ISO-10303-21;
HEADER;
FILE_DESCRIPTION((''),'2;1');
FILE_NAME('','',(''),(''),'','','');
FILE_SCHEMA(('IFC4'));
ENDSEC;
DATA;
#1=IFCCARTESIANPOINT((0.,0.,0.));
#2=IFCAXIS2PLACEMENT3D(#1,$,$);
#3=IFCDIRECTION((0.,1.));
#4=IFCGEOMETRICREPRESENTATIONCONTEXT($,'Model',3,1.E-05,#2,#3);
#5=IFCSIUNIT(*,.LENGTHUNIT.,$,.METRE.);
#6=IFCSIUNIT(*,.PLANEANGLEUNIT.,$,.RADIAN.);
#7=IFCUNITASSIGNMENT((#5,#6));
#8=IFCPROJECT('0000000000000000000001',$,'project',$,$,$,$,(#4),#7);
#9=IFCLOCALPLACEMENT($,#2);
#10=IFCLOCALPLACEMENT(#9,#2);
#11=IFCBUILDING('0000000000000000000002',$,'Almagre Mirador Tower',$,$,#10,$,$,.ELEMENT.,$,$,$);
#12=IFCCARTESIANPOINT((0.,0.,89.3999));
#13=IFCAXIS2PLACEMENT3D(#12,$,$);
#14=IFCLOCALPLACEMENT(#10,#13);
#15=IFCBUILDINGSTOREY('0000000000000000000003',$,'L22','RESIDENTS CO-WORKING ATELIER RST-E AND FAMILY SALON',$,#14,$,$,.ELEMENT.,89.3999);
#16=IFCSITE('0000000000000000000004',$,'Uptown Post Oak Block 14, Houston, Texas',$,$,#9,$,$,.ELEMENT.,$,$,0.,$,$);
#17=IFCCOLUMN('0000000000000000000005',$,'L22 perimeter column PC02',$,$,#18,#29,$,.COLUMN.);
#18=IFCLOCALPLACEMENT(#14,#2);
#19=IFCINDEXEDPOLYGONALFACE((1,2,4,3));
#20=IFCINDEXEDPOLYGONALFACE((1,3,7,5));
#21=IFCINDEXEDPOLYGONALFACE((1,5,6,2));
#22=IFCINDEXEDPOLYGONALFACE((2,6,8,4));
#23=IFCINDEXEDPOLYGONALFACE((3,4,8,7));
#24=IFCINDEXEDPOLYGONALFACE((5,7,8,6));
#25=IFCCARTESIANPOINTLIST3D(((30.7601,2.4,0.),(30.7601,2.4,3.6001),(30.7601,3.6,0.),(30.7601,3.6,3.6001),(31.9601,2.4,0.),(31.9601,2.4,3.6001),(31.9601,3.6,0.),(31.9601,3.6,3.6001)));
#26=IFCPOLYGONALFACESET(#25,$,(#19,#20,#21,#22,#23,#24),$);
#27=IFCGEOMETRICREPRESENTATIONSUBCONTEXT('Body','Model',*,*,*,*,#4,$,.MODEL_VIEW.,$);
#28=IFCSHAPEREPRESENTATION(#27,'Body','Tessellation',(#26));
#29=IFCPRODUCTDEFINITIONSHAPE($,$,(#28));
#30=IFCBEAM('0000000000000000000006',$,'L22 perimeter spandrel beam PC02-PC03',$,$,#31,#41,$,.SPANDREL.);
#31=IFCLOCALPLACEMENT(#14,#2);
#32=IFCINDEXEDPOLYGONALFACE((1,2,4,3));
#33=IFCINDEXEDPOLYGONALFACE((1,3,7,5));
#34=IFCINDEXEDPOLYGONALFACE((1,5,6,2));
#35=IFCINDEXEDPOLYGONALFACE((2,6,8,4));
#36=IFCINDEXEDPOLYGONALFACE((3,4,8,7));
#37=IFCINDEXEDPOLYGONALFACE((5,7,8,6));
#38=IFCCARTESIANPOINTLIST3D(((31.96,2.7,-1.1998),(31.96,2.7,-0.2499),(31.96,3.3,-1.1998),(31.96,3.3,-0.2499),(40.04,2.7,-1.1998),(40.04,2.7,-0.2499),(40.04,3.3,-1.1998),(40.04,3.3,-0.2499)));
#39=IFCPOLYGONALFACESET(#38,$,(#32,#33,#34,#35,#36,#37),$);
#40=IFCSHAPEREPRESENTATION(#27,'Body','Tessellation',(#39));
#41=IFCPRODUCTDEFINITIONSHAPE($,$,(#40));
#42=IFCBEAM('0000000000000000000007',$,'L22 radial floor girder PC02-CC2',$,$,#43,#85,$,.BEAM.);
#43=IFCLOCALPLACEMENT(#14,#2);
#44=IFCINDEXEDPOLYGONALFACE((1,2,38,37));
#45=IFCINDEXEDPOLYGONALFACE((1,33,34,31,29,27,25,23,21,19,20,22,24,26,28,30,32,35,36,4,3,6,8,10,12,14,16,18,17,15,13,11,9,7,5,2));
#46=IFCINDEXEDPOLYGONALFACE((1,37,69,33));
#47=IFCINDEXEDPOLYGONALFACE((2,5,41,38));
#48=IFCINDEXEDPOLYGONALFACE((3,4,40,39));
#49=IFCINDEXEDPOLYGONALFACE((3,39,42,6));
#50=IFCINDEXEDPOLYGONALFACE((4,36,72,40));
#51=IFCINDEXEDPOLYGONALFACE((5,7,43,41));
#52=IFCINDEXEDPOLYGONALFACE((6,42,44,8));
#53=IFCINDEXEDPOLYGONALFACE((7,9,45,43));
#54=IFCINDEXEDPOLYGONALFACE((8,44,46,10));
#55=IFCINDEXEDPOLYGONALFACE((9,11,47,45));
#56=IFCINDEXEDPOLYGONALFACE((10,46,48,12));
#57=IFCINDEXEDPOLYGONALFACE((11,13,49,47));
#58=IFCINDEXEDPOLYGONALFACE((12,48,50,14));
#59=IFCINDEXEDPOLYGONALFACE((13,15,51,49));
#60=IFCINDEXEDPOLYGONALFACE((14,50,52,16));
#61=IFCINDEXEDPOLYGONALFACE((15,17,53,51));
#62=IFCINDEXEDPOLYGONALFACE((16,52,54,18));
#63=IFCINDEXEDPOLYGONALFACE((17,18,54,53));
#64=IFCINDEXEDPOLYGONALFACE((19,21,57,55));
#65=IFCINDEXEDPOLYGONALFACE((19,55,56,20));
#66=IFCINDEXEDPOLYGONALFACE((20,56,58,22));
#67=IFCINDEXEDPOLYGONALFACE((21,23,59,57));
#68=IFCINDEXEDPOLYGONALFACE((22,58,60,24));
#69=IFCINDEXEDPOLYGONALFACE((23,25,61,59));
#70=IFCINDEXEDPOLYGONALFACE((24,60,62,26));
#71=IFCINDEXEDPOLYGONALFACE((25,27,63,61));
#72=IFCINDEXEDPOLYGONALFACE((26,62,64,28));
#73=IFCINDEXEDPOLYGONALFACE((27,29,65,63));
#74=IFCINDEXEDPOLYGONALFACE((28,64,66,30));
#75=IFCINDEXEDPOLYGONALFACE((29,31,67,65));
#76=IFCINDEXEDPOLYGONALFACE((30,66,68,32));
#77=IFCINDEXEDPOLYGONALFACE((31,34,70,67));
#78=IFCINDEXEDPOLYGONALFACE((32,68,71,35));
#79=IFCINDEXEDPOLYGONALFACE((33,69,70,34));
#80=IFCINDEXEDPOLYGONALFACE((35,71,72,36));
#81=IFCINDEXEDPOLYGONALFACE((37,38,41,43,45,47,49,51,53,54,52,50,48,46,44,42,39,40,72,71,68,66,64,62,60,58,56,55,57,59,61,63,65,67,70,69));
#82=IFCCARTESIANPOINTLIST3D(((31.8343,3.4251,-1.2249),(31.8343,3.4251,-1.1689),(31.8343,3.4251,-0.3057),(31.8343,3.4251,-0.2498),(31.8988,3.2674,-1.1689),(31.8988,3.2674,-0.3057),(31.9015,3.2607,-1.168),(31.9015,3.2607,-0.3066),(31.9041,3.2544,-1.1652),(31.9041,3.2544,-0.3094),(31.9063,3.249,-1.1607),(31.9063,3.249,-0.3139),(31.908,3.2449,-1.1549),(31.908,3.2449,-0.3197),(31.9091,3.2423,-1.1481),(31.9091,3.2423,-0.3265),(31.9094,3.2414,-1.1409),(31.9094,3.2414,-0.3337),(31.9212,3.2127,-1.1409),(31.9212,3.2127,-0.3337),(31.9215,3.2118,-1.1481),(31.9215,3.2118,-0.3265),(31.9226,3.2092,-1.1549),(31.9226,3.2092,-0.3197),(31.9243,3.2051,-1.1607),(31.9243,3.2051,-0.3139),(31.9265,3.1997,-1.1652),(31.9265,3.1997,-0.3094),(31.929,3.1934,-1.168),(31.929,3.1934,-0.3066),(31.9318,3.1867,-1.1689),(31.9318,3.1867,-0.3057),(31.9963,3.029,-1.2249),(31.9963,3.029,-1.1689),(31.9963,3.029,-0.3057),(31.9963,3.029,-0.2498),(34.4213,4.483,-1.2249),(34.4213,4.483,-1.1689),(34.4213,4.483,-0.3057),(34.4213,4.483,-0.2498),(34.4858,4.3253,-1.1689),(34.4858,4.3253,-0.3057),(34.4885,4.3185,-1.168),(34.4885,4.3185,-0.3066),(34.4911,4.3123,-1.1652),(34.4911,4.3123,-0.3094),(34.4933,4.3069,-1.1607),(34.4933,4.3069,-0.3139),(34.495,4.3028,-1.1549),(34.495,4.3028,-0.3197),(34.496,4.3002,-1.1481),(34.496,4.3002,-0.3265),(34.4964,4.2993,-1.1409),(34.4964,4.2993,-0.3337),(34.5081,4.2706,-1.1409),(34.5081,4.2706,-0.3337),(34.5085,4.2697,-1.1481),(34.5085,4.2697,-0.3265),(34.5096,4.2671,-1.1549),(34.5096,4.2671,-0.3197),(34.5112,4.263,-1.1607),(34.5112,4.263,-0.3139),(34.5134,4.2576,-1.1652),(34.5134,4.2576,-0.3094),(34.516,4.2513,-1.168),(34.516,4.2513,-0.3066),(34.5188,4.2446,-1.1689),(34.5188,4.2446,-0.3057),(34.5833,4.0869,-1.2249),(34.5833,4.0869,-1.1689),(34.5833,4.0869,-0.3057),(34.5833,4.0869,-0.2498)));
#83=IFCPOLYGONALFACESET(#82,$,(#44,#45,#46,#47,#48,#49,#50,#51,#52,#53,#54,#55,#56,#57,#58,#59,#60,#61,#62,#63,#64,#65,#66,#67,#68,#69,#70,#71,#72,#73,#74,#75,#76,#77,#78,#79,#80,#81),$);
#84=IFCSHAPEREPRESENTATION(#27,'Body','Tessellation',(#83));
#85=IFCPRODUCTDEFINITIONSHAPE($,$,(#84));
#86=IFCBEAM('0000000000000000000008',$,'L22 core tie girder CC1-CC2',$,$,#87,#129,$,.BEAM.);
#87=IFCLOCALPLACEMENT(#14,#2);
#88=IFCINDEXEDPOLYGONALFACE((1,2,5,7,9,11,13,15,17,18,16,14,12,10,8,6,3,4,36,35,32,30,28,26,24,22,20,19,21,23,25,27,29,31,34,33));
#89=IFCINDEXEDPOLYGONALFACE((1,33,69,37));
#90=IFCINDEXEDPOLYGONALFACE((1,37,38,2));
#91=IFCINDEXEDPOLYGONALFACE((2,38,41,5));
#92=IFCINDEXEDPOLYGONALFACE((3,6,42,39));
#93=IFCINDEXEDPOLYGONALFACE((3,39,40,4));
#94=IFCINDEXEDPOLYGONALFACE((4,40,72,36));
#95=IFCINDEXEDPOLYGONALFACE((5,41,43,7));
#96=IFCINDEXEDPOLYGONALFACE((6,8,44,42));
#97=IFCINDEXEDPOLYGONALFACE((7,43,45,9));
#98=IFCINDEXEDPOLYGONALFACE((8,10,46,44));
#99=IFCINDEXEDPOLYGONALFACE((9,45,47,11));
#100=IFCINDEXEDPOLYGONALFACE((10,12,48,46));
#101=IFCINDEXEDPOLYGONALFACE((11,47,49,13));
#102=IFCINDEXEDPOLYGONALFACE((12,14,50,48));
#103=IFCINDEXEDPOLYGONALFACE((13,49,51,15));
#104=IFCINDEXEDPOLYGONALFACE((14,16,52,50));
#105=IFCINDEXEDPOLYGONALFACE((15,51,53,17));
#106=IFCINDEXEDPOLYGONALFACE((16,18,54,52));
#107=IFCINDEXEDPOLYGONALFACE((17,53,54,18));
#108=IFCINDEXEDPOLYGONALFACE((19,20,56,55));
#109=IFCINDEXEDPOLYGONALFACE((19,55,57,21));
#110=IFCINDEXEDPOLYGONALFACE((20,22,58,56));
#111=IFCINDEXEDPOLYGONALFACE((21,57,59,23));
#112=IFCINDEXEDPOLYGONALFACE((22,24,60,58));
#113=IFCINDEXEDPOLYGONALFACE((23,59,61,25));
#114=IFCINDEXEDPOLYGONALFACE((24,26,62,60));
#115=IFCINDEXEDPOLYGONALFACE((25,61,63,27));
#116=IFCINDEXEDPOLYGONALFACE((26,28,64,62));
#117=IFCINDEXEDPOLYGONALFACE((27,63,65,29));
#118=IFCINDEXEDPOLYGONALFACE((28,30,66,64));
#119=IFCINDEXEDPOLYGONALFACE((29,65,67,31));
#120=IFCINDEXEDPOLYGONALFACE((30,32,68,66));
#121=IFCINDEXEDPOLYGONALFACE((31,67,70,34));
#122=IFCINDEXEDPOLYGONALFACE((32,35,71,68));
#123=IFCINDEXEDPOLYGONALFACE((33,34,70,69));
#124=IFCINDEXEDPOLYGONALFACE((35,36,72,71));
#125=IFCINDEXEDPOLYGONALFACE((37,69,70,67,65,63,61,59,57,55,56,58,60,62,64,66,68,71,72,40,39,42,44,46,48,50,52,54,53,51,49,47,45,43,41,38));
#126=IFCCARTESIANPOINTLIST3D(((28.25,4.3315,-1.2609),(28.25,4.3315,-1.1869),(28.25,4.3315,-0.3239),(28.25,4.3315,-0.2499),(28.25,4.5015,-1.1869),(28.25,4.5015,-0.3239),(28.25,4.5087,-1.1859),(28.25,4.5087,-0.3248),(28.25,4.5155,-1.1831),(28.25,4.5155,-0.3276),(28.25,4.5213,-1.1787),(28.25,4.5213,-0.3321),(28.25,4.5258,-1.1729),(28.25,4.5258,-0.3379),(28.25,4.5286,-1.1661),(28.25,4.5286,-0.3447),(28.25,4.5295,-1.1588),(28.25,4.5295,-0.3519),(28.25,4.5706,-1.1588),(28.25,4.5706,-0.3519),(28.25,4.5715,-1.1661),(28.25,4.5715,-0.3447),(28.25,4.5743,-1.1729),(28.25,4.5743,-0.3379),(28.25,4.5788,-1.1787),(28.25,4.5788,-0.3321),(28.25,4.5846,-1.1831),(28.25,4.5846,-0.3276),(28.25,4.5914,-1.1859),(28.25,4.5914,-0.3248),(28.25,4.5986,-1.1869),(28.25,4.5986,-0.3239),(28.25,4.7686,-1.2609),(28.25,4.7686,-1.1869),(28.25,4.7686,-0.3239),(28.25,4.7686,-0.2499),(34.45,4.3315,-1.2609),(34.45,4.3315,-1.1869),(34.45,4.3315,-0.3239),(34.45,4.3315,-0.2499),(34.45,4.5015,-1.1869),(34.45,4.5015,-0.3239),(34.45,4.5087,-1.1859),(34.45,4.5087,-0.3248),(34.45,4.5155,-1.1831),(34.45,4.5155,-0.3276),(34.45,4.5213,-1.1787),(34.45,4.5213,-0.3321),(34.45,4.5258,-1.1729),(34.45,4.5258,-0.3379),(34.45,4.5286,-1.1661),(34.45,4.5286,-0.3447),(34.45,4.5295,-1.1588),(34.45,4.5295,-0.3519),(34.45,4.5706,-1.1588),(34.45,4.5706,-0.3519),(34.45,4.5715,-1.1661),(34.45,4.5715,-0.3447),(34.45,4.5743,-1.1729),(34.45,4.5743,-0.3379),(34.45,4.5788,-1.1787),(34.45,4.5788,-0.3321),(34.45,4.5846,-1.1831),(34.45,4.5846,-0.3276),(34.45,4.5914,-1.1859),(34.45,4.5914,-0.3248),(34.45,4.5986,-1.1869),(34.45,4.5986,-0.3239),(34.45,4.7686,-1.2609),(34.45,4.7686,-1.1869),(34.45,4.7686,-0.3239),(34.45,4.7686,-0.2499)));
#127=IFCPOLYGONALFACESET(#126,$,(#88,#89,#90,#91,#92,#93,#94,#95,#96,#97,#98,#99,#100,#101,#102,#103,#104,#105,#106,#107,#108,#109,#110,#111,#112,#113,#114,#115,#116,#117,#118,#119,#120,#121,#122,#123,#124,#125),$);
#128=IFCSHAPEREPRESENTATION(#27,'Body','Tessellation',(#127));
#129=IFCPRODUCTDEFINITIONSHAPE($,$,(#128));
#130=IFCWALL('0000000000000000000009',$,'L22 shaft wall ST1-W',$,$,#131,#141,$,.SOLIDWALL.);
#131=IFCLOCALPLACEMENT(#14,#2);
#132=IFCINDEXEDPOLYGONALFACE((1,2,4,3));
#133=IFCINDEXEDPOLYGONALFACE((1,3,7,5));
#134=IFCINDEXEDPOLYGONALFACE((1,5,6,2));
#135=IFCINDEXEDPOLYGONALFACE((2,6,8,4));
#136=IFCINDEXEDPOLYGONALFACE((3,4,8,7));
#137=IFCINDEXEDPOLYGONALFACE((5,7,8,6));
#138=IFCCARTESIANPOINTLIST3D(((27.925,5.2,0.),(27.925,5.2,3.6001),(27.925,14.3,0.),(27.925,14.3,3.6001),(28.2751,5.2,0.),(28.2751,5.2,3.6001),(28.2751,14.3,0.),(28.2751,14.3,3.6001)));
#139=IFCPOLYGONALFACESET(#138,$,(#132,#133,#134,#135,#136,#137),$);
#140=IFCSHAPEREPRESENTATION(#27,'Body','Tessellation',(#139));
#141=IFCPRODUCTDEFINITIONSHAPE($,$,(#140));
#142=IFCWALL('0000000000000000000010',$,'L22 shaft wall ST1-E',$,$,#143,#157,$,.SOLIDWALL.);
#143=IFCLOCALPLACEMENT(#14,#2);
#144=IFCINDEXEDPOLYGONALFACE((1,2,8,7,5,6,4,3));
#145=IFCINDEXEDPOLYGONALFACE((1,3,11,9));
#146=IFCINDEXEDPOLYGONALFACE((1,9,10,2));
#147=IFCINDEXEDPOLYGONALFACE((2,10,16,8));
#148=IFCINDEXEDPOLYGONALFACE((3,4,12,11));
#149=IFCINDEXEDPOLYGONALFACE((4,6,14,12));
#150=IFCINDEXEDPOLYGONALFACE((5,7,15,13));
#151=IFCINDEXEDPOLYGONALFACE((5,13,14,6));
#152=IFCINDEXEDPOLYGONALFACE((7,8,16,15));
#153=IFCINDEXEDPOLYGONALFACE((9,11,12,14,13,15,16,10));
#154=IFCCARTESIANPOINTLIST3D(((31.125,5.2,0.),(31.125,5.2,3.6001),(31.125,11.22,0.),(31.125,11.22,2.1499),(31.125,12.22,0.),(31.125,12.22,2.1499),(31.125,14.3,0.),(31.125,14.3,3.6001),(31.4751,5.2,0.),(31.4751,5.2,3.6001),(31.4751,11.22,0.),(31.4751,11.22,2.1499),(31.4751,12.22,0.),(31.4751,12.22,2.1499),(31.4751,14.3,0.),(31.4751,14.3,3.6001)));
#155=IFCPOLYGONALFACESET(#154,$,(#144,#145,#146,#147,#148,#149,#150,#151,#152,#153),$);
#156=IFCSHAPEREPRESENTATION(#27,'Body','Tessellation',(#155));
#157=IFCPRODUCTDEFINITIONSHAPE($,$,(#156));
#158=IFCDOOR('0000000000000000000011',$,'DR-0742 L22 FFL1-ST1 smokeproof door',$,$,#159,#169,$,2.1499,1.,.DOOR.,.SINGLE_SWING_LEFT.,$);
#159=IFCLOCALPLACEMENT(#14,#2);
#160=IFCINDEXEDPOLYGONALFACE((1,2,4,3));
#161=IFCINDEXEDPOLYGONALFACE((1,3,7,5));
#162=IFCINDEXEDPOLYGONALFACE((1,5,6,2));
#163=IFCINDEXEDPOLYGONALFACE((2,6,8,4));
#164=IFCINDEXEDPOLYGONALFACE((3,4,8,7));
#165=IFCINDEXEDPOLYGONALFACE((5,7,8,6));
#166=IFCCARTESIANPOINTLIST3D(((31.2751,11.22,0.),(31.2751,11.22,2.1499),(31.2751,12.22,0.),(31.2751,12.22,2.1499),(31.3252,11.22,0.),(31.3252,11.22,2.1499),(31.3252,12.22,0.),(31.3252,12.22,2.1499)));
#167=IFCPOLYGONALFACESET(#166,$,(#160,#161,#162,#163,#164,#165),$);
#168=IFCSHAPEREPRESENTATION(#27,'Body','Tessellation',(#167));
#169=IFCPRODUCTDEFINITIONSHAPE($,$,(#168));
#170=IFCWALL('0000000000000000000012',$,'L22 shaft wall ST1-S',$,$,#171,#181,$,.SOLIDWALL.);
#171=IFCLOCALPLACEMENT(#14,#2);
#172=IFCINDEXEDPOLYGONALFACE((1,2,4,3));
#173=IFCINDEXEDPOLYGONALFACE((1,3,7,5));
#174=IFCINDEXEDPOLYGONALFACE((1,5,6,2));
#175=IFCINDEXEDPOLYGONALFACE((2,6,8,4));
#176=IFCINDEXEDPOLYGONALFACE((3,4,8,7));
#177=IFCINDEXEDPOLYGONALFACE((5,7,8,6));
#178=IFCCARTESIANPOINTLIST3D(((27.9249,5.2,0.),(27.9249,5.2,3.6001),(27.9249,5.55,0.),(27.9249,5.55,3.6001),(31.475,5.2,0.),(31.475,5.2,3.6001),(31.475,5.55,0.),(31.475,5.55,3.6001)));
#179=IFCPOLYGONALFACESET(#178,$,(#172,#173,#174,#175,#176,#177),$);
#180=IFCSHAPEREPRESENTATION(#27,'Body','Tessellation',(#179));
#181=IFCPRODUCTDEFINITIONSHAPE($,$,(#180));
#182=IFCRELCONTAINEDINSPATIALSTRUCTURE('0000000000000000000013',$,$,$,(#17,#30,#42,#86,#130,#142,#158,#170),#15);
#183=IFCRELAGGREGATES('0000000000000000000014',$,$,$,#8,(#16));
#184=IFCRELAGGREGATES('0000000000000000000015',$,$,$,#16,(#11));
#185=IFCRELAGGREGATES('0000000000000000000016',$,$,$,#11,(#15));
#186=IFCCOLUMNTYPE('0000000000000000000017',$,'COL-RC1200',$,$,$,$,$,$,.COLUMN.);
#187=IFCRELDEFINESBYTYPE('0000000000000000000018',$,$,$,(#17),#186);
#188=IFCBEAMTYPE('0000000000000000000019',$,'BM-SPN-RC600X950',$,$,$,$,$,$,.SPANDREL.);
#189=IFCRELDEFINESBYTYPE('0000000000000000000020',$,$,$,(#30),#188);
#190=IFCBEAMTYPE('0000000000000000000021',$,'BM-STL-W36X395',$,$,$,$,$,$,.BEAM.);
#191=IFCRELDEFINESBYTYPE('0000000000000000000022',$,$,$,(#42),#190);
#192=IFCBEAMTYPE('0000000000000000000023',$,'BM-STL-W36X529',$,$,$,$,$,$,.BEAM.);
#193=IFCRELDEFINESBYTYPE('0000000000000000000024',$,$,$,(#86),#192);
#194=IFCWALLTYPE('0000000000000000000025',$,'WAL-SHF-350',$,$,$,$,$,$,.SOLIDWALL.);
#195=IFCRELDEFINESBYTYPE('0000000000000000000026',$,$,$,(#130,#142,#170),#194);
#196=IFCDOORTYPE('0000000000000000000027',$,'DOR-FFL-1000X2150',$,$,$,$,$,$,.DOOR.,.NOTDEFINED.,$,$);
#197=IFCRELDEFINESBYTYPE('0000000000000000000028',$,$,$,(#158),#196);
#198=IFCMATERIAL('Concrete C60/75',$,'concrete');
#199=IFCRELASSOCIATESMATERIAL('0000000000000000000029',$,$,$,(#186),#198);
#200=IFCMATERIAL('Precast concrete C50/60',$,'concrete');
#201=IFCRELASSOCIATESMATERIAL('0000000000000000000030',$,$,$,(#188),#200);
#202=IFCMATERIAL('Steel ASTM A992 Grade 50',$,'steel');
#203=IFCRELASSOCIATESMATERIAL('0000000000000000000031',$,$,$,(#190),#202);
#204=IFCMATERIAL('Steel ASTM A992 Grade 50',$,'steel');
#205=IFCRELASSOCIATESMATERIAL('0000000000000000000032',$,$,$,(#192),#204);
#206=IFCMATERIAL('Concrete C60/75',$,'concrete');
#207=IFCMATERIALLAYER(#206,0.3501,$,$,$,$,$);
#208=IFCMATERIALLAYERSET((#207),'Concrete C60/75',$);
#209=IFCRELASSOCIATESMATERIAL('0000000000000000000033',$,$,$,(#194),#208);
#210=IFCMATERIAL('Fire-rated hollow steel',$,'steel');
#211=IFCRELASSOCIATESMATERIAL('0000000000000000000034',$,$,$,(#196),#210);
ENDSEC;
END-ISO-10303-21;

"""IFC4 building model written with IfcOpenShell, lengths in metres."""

from ifc_helpers import new_model, si_unit, direction, frame, frame_2d, origin, origin_2d, place, context, subcontext, project, spatial, rectangle, i_section, extrude, material, layer, layer_set, material_profile, profile_set, type_object, element, fill, save


model = new_model("IFC4")

# Units and contexts
model_context = context("Model", 3, precision=1e-05, world=origin(), true_north=direction((0.0, 1.0)))
body_context = subcontext(model_context, "Body", "Model", "MODEL_VIEW")
ifc_project = project(units=[si_unit("LENGTHUNIT", "METRE"), si_unit("PLANEANGLEUNIT", "RADIAN")], contexts=[model_context])

# Site, building, storey
site_placement = place(None, origin())
site = spatial("IfcSite", under=ifc_project, at=site_placement, Name="Uptown Post Oak Block 14, Houston, Texas", CompositionType="ELEMENT", RefElevation=0.0)
building_placement = place(site_placement, origin())
building = spatial("IfcBuilding", under=site, at=building_placement, Name="Almagre Mirador Tower", CompositionType="ELEMENT")
storey_placement = place(building_placement, frame((0.0, 0.0, 89.3999)))
storey = spatial("IfcBuildingStorey", under=building, at=storey_placement, Name="L22", Description="RESIDENTS CO-WORKING ATELIER RST-E AND FAMILY SALON", CompositionType="ELEMENT", Elevation=89.3999)

# Column
ifc_material_1 = material(Name="Concrete C60/75", Category="concrete")
ifc_material_profile_1 = material_profile(ifc_material_1, rectangle(XDim=1.2, YDim=1.2, at=origin_2d()), Name="RC1200X1200")
ifc_profile_set_1 = profile_set([ifc_material_profile_1], Name="Concrete C60/75")
column_type = type_object("IfcColumnType", Name="COL-RC1200", PredefinedType="COLUMN", material=ifc_profile_set_1)
column_placement = place(storey_placement, frame((31.3601, 3.0, 0.0), z_axis=(0.0, 0.0, 1.0), x_axis=(1.0, 0.0, 0.0)))
element("IfcColumn", 1, at=column_placement, inside=storey, type_object=column_type, Name="L22 perimeter column PC02", PredefinedType="COLUMN", context=body_context, shape_type="SweptSolid", body=[
    extrude(rectangle(XDim=1.2, YDim=1.2, at=origin_2d()), origin(), (0.0, 0.0, 1.0), 3.6001),
])

# Beams
ifc_material_2 = material(Name="Precast concrete C50/60", Category="concrete")
ifc_material_profile_2 = material_profile(ifc_material_2, rectangle(XDim=0.6001, YDim=0.95, at=origin_2d()), Name="RC600X950")
ifc_profile_set_2 = profile_set([ifc_material_profile_2], Name="Precast concrete C50/60")
beam_type_1 = type_object("IfcBeamType", Name="BM-SPN-RC600X950", PredefinedType="SPANDREL", material=ifc_profile_set_2)
beam_1_placement = place(storey_placement, frame((31.96, 3.0, -0.7249), z_axis=(1.0, 0.0, 0.0), x_axis=(0.0, 1.0, 0.0)))
element("IfcBeam", 2, at=beam_1_placement, inside=storey, type_object=beam_type_1, Name="L22 perimeter spandrel beam PC02-PC03", PredefinedType="SPANDREL", context=body_context, shape_type="SweptSolid", body=[
    extrude(rectangle(XDim=0.6001, YDim=0.95, at=origin_2d()), origin(), (0.0, 0.0, 1.0), 8.0801),
])
ifc_material_3 = material(Name="Steel ASTM A992 Grade 50", Category="steel")
ifc_material_profile_3 = material_profile(ifc_material_3, i_section(OverallWidth=0.428, OverallDepth=0.9751, WebThickness=0.031, FlangeThickness=0.0559, FilletRadius=0.0281, at=origin_2d()), Name="W36X395")
ifc_profile_set_3 = profile_set([ifc_material_profile_3], Name="Steel ASTM A992 Grade 50")
beam_type_2 = type_object("IfcBeamType", Name="BM-STL-W36X395", PredefinedType="BEAM", material=ifc_profile_set_3)
beam_2_placement = place(storey_placement, frame((31.9153, 3.2271, -0.7373), z_axis=(0.9256, 0.378504, 0.0), x_axis=(-0.378504, 0.9256, 0.0)))
element("IfcBeam", 3, at=beam_2_placement, inside=storey, type_object=beam_type_2, Name="L22 radial floor girder PC02-CC2", PredefinedType="BEAM", context=body_context, shape_type="SweptSolid", body=[
    extrude(i_section(OverallWidth=0.428, OverallDepth=0.9751, WebThickness=0.031, FlangeThickness=0.0559, FilletRadius=0.0281, at=origin_2d()), origin(), (0.0, 0.0, 1.0), 2.7949),
])
ifc_material_4 = material(Name="Steel ASTM A992 Grade 50", Category="steel")
ifc_material_profile_4 = material_profile(ifc_material_4, i_section(OverallWidth=0.437, OverallDepth=1.011, WebThickness=0.041, FlangeThickness=0.074, FilletRadius=0.0281, at=origin_2d()), Name="W36X529")
ifc_profile_set_4 = profile_set([ifc_material_profile_4], Name="Steel ASTM A992 Grade 50")
beam_type_3 = type_object("IfcBeamType", Name="BM-STL-W36X529", PredefinedType="BEAM", material=ifc_profile_set_4)
beam_3_placement = place(storey_placement, frame((28.25, 4.55, -0.7554), z_axis=(1.0, 0.0, 0.0), x_axis=(0.0, 1.0, 0.0)))
element("IfcBeam", 4, at=beam_3_placement, inside=storey, type_object=beam_type_3, Name="L22 core tie girder CC1-CC2", PredefinedType="BEAM", context=body_context, shape_type="SweptSolid", body=[
    extrude(i_section(OverallWidth=0.437, OverallDepth=1.011, WebThickness=0.041, FlangeThickness=0.074, FilletRadius=0.0281, at=origin_2d()), origin(), (0.0, 0.0, 1.0), 6.2),
])

# Wall
ifc_material_5 = material(Name="Concrete C60/75", Category="concrete")
ifc_layer_1 = layer(ifc_material_5, 0.3501)
ifc_layer_set_1 = layer_set([ifc_layer_1], Name="Concrete C60/75")
wall_type_1 = type_object("IfcWallType", Name="WAL-SHF-350", PredefinedType="SOLIDWALL", material=ifc_layer_set_1)
wall_1_placement = place(storey_placement, frame((28.1001, 5.2, 0.0), z_axis=(0.0, 0.0, 1.0), x_axis=(0.0, 1.0, 0.0)))
element("IfcWall", 5, at=wall_1_placement, inside=storey, type_object=wall_type_1, Name="L22 shaft wall ST1-W", PredefinedType="SOLIDWALL", context=body_context, shape_type="SweptSolid", body=[
    extrude(rectangle(XDim=9.1001, YDim=0.3501, at=frame_2d((4.55, 0.0))), origin(), (0.0, 0.0, 1.0), 3.6001),
])

# Wall, opening, door
wall_2_placement = place(storey_placement, frame((31.3, 5.2, 0.0), z_axis=(0.0, 0.0, 1.0), x_axis=(0.0, 1.0, 0.0)))
wall_2 = element("IfcWall", 6, at=wall_2_placement, inside=storey, type_object=wall_type_1, Name="L22 shaft wall ST1-E", PredefinedType="SOLIDWALL", context=body_context, shape_type="SweptSolid", body=[
    extrude(rectangle(XDim=9.1001, YDim=0.3501, at=frame_2d((4.55, 0.0))), origin(), (0.0, 0.0, 1.0), 3.6001),
])
opening_1_placement = place(wall_2_placement, frame((6.02, 0.0, 0.0)))
opening_1 = element("IfcOpeningElement", 7, at=opening_1_placement, cuts=wall_2, PredefinedType="OPENING", context=body_context, shape_type="SweptSolid", body=[
    extrude(rectangle(XDim=1.0, YDim=2.1499, at=frame_2d((0.5, 1.075))), frame((0.0, 0.185, 0.0), z_axis=(0.0, -1.0, 0.0), x_axis=(1.0, 0.0, 0.0)), (0.0, 0.0, 1.0), 0.3701),
])
ifc_material_6 = material(Name="Fire-rated hollow steel", Category="steel")
door_type_1 = type_object("IfcDoorType", Name="DOR-FFL-1000X2150", OperationType="NOTDEFINED", PredefinedType="DOOR", material=ifc_material_6)
door_1_placement = place(opening_1_placement, origin())
door_1 = element("IfcDoor", 8, at=door_1_placement, inside=storey, type_object=door_type_1, Name="DR-0742 L22 FFL1-ST1 smokeproof door", OperationType="SINGLE_SWING_LEFT", OverallHeight=2.1499, OverallWidth=1.0, PredefinedType="DOOR", context=body_context, shape_type="SweptSolid", body=[
    extrude(rectangle(XDim=1.0, YDim=2.1499, at=frame_2d((0.5, 1.075))), frame((0.0, 0.0249, 0.0), z_axis=(0.0, -1.0, 0.0), x_axis=(1.0, 0.0, 0.0)), (0.0, 0.0, 1.0), 0.05),
])
fill(opening_1, door_1)

# Wall
wall_3_placement = place(storey_placement, frame((27.925, 5.375, 0.0), z_axis=(0.0, 0.0, 1.0), x_axis=(1.0, 0.0, 0.0)))
element("IfcWall", 9, at=wall_3_placement, inside=storey, type_object=wall_type_1, Name="L22 shaft wall ST1-S", PredefinedType="SOLIDWALL", context=body_context, shape_type="SweptSolid", body=[
    extrude(rectangle(XDim=3.55, YDim=0.3501, at=frame_2d((1.7749, 0.0))), origin(), (0.0, 0.0, 1.0), 3.6001),
])

save(model, "model.ifc")
